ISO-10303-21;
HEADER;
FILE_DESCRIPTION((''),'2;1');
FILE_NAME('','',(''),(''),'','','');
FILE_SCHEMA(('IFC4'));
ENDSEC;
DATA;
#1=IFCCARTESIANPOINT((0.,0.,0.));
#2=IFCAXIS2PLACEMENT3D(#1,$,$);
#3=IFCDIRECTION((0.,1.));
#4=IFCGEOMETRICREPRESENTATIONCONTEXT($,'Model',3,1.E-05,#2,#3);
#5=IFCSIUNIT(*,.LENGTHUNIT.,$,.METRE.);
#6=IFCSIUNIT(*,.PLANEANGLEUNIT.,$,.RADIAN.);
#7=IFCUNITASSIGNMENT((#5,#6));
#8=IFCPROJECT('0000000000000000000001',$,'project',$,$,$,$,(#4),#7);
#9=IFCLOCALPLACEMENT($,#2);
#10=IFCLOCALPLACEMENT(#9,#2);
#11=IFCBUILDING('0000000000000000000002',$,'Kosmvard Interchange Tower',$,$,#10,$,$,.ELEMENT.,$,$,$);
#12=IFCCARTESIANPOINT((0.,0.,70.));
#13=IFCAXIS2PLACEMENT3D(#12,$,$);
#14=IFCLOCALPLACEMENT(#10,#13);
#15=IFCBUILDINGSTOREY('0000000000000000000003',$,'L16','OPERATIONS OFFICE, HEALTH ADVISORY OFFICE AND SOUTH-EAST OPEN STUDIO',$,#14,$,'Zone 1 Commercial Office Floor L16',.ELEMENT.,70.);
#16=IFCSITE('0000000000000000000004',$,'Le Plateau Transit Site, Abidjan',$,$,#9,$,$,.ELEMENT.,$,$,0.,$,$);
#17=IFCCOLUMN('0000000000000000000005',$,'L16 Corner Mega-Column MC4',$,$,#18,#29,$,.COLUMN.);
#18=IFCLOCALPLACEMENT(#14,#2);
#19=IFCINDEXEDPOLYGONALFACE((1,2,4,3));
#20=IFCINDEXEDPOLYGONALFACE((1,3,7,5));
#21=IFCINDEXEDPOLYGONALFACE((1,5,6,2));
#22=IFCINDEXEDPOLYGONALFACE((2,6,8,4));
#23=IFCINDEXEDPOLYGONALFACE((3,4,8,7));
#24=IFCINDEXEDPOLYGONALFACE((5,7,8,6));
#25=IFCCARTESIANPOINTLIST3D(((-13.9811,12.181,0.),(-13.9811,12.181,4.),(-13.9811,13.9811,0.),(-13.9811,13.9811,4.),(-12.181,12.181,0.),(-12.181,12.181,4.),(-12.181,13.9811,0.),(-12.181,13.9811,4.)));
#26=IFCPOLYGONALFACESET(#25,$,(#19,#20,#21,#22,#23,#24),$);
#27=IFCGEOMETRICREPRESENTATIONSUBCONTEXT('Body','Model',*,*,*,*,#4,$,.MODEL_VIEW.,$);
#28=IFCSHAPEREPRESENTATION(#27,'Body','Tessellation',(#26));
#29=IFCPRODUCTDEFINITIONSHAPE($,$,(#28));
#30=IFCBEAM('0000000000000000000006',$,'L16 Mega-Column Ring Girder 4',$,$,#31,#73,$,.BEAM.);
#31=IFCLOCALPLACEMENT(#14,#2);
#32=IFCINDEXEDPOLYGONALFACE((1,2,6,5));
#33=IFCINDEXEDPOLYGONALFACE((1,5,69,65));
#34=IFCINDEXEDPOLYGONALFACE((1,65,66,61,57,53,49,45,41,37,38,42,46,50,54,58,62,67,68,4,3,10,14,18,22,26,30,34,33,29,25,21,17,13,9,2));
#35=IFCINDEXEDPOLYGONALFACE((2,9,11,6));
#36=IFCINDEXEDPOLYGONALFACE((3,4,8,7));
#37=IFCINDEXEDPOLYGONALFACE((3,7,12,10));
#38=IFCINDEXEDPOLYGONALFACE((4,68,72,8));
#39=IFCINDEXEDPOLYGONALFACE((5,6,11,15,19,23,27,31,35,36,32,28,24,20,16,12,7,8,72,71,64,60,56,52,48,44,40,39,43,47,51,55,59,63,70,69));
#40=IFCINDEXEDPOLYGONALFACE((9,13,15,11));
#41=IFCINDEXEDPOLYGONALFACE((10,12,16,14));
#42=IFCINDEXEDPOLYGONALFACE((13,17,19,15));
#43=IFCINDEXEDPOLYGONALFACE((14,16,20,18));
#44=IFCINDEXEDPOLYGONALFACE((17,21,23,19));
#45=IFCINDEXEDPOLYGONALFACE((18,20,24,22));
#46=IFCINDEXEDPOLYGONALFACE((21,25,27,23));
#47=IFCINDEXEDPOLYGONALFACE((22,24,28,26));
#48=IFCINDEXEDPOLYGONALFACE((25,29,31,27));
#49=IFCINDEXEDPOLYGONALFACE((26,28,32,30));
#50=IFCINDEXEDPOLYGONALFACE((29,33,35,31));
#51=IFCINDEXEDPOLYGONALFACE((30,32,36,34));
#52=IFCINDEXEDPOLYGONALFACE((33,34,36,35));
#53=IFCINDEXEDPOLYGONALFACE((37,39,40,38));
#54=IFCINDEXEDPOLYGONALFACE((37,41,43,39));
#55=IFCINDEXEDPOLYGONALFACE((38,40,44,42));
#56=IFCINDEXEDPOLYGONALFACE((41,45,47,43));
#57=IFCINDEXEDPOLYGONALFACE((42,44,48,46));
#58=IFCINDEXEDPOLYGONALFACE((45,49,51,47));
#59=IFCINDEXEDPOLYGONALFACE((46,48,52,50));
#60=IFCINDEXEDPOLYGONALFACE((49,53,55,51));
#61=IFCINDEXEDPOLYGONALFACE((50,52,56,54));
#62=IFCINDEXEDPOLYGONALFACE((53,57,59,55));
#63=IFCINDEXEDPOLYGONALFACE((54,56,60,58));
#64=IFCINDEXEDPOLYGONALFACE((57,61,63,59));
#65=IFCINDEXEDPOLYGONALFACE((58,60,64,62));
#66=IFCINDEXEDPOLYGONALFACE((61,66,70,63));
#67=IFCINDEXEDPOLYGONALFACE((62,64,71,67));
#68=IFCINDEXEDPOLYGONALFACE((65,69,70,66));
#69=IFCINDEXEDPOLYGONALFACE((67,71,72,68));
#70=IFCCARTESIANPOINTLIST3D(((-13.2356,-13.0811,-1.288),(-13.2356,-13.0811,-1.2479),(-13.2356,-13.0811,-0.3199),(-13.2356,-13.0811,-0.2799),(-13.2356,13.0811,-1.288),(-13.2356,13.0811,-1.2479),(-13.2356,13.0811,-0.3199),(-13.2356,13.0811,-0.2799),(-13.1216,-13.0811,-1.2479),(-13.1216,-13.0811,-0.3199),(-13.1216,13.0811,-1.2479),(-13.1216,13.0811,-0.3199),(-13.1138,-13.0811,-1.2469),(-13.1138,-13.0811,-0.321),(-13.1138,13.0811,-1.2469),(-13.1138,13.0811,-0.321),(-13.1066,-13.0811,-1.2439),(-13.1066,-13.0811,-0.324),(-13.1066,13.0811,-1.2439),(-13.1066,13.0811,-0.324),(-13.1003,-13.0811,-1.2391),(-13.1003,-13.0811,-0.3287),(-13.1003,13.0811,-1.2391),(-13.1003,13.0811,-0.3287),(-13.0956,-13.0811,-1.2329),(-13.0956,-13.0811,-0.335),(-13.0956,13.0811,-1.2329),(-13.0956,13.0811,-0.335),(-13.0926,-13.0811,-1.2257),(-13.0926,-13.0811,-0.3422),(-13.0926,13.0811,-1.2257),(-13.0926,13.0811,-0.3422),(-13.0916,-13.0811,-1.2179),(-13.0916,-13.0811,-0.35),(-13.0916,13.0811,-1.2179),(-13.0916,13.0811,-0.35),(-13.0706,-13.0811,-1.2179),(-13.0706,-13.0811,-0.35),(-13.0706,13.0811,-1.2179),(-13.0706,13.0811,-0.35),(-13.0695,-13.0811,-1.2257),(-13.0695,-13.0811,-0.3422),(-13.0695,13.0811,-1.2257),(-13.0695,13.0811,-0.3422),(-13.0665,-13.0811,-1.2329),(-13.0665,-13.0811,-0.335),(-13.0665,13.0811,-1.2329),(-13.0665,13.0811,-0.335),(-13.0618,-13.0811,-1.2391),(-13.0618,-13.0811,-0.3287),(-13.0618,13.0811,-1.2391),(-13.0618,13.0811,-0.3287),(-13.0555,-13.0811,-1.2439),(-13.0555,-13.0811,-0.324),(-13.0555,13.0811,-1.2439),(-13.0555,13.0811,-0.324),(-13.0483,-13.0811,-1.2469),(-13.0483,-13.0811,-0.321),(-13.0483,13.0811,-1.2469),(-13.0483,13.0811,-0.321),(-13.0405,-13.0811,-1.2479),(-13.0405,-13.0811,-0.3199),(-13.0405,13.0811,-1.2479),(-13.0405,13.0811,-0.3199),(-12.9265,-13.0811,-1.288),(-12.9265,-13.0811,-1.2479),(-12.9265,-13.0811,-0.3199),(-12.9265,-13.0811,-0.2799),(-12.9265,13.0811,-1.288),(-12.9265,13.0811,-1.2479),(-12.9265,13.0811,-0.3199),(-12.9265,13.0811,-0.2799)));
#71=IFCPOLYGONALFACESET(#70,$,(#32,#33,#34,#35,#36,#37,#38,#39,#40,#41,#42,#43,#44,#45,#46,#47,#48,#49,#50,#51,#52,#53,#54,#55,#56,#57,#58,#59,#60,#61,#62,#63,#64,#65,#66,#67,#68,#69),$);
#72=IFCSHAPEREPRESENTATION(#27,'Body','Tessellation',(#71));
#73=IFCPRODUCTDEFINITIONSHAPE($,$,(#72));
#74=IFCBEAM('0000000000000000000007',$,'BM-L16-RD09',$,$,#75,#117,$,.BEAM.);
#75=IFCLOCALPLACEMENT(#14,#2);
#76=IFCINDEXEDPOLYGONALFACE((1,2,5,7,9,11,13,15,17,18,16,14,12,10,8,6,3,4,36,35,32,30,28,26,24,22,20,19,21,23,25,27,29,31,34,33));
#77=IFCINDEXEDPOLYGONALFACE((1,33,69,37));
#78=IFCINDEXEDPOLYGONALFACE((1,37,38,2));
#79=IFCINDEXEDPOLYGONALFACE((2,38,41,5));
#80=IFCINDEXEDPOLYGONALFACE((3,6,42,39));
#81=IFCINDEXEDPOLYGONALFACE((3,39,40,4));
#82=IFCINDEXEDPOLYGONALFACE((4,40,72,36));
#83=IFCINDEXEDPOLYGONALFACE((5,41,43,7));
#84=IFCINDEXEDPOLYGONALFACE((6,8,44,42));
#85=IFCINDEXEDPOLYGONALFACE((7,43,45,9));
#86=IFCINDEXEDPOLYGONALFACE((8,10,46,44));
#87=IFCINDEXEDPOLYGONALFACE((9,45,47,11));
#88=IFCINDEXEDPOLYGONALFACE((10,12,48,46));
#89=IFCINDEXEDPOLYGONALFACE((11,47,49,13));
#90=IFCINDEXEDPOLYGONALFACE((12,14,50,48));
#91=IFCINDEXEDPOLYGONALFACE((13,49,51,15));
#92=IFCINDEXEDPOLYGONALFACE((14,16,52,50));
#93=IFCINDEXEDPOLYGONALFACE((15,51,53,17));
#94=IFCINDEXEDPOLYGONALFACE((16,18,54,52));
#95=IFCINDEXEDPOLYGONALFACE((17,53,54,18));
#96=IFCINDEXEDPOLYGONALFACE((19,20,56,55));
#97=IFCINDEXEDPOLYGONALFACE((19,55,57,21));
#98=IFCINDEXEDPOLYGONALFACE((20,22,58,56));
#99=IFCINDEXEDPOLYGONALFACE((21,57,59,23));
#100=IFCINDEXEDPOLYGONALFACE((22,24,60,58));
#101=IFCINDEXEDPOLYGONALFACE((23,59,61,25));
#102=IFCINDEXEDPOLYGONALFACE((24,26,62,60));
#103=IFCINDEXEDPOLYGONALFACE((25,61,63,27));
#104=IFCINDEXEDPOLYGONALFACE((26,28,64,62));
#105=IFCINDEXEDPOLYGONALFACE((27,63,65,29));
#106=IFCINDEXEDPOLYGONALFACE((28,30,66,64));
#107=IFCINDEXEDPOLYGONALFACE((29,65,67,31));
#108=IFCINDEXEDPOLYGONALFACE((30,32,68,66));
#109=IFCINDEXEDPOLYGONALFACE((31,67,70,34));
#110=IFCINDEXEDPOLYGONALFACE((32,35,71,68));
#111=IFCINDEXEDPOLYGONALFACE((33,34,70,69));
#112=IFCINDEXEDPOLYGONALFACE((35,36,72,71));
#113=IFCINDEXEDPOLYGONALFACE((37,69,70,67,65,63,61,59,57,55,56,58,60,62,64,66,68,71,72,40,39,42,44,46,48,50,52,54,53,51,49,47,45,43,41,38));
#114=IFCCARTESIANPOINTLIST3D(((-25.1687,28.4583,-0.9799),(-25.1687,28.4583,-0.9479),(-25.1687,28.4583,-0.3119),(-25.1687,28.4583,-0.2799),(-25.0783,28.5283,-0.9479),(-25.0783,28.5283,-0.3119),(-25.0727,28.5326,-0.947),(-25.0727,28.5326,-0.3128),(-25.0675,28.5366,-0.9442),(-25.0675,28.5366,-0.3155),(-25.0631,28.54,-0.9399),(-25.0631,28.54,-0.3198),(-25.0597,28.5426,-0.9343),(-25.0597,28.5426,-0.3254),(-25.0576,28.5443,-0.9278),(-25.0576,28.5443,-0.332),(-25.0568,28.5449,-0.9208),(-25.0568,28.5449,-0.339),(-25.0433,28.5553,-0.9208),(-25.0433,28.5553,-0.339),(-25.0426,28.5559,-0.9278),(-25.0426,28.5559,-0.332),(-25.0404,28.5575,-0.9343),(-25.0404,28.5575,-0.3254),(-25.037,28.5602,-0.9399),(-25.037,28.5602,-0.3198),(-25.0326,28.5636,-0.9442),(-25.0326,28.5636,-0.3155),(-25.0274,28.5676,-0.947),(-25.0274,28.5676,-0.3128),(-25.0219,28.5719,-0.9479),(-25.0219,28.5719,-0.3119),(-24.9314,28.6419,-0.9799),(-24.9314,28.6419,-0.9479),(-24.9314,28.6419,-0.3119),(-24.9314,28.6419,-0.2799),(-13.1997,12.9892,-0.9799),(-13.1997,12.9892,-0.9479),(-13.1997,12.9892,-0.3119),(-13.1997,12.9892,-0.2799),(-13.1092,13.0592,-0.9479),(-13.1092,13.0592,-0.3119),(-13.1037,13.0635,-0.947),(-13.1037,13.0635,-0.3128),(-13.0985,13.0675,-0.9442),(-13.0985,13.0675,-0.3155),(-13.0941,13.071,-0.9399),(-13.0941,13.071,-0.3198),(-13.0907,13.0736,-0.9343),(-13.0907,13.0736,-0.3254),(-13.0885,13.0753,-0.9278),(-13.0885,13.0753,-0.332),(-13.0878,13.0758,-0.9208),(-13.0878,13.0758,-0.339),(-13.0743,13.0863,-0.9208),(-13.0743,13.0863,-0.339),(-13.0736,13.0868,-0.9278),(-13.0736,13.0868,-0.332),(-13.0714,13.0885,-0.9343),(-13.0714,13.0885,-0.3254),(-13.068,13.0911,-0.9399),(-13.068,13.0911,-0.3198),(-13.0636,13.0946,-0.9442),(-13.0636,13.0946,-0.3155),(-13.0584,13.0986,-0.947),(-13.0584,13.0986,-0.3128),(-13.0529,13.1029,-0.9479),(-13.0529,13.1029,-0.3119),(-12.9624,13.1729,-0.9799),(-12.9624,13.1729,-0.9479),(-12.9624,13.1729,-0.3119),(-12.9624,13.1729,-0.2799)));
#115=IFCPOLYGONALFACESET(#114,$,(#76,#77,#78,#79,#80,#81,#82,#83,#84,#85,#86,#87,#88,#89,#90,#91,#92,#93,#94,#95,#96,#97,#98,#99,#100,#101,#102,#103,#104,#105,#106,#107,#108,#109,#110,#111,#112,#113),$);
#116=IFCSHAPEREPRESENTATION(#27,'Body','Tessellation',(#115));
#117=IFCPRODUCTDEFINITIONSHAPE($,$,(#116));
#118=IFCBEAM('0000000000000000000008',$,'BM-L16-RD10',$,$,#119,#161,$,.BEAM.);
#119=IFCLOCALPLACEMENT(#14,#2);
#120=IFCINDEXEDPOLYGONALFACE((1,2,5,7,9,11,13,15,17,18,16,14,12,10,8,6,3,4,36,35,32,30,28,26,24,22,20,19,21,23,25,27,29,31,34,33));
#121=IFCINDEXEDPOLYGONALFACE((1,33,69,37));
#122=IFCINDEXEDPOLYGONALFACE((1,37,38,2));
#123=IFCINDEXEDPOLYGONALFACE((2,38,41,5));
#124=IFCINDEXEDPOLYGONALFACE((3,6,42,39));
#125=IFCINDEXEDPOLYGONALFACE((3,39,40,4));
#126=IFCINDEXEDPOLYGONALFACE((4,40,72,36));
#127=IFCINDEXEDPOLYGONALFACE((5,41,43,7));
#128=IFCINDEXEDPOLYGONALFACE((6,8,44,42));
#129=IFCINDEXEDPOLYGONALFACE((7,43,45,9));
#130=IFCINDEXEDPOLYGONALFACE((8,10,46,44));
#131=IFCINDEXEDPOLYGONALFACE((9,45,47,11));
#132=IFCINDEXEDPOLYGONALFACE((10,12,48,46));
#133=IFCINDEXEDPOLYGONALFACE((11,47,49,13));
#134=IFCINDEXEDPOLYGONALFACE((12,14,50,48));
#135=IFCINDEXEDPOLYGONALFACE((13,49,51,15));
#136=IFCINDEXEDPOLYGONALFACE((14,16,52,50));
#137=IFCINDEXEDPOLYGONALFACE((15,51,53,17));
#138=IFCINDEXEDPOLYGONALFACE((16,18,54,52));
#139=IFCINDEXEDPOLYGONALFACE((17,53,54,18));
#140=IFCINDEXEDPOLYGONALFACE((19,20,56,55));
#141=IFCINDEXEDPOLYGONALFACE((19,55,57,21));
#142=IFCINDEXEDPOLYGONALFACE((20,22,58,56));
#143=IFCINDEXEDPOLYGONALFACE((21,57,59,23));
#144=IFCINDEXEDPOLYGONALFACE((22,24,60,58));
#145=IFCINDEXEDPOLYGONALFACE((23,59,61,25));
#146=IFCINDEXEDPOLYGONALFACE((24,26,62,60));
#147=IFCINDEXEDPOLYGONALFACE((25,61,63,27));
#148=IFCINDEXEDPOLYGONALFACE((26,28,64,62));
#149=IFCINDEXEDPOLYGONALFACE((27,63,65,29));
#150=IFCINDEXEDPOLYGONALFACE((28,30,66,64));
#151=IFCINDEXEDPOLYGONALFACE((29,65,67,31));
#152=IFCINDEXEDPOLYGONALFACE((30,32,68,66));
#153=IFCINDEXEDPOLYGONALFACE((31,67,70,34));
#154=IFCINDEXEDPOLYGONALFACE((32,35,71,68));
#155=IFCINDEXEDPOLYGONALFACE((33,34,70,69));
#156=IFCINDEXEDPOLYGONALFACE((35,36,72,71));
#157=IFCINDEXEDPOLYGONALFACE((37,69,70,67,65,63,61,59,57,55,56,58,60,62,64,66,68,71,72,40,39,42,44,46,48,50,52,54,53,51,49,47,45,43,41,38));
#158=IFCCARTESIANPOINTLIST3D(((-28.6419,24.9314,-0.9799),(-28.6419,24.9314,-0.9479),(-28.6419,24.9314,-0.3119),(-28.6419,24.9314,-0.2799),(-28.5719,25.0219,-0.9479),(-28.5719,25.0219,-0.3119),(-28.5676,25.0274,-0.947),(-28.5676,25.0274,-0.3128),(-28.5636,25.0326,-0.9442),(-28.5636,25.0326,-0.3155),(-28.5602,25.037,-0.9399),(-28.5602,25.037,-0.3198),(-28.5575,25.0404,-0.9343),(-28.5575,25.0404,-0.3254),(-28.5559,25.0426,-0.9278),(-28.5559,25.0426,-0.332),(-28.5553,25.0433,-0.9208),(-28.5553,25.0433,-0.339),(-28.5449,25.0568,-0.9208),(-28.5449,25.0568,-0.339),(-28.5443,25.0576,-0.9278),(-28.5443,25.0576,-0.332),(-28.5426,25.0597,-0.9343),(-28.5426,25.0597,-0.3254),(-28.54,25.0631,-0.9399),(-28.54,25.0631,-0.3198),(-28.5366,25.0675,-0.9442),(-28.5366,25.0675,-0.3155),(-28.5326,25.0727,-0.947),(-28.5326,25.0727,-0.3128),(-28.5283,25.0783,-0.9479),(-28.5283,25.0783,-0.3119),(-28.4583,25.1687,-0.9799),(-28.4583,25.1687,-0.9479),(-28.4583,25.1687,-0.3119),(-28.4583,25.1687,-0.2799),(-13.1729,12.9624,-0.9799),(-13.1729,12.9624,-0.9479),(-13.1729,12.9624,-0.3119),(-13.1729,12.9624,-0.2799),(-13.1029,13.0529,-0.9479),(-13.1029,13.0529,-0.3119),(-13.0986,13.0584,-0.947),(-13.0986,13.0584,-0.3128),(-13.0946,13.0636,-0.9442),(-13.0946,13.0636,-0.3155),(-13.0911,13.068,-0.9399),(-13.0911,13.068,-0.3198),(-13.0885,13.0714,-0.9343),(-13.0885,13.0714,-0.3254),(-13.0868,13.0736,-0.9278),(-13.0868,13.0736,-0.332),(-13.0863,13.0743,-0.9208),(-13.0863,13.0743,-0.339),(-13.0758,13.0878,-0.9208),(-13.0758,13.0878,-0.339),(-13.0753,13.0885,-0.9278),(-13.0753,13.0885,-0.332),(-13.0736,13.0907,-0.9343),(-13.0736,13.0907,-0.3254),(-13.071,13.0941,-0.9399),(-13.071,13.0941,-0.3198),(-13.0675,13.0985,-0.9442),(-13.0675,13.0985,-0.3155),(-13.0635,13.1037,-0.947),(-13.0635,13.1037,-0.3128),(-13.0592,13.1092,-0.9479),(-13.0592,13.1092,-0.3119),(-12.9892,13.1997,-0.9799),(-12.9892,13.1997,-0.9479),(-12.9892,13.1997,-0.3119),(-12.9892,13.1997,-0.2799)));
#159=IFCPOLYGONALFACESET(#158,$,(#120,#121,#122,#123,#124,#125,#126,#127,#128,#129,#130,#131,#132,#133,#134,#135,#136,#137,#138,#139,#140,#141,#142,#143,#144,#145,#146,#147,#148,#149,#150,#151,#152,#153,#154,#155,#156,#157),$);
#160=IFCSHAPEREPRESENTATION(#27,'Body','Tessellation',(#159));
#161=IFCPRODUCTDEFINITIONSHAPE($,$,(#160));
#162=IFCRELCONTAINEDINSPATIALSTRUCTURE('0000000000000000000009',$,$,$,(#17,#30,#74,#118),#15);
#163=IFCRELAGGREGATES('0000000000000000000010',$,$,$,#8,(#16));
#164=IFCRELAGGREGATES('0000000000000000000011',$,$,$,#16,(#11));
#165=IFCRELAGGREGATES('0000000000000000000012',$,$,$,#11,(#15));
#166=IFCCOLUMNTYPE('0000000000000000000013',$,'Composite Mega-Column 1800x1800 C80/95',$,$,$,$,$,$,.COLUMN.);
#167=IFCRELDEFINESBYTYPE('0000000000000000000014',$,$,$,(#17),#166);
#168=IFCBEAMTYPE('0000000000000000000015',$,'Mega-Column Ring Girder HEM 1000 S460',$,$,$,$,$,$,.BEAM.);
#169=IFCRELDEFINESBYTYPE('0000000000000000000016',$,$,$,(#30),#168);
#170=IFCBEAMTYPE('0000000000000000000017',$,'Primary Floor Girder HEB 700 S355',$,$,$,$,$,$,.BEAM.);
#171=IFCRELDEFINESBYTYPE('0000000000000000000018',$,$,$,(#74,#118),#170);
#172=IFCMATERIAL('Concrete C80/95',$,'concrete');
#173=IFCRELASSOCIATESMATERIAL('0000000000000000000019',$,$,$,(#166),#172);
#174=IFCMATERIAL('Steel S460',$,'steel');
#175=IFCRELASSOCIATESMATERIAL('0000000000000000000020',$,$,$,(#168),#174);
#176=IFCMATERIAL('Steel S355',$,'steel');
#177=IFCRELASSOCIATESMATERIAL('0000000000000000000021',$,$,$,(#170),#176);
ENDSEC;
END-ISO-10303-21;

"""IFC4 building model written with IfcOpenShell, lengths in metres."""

from ifc_helpers import new_model, si_unit, direction, frame, origin, origin_2d, place, context, subcontext, project, spatial, rectangle, i_section, extrude, source, transform, mapped, material, material_profile, profile_set, type_object, element, save


model = new_model("IFC4")

# Units and contexts
model_context = context("Model", 3, precision=1e-05, world=origin(), true_north=direction((0.0, 1.0)))
body_context = subcontext(model_context, "Body", "Model", "MODEL_VIEW")
ifc_project = project(units=[si_unit("LENGTHUNIT", "METRE"), si_unit("PLANEANGLEUNIT", "RADIAN")], contexts=[model_context])

# Site, building, storey
site_placement = place(None, origin())
site = spatial("IfcSite", under=ifc_project, at=site_placement, Name="Le Plateau Transit Site, Abidjan", CompositionType="ELEMENT", RefElevation=0.0)
building_placement = place(site_placement, origin())
building = spatial("IfcBuilding", under=site, at=building_placement, Name="Kosmvard Interchange Tower", CompositionType="ELEMENT")
storey_placement = place(building_placement, frame((0.0, 0.0, 70.0)))
storey = spatial("IfcBuildingStorey", under=building, at=storey_placement, Name="L16", Description="OPERATIONS OFFICE, HEALTH ADVISORY OFFICE AND SOUTH-EAST OPEN STUDIO", LongName="Zone 1 Commercial Office Floor L16", CompositionType="ELEMENT", Elevation=70.0)

# Column
ifc_material_1 = material(Name="Concrete C80/95", Category="concrete")
ifc_material_profile_1 = material_profile(ifc_material_1, rectangle(XDim=1.8, YDim=1.8, at=origin_2d()), Name="MC 1800x1800")
ifc_profile_set_1 = profile_set([ifc_material_profile_1], Name="Concrete C80/95")
column_type = type_object("IfcColumnType", Name="Composite Mega-Column 1800x1800 C80/95", PredefinedType="COLUMN", material=ifc_profile_set_1)
shared_shape_1 = source(origin(), body_context, "Body", "SweptSolid", [
    extrude(rectangle(XDim=1.8, YDim=1.8, at=origin_2d()), origin(), (0.0, 0.0, 1.0), 4.0),
])
column_placement = place(storey_placement, frame((-13.0811, 13.0811, 0.0), z_axis=(0.0, 0.0, 1.0), x_axis=(1.0, 0.0, 0.0)))
element("IfcColumn", 1, at=column_placement, inside=storey, type_object=column_type, Name="L16 Corner Mega-Column MC4", PredefinedType="COLUMN", context=body_context, shape_type="MappedRepresentation", body=[
    mapped(shared_shape_1, transform((0.0, 0.0, 0.0), scale=1.0)),
])

# Beams
ifc_material_2 = material(Name="Steel S460", Category="steel")
ifc_material_profile_2 = material_profile(ifc_material_2, i_section(OverallWidth=0.3091, OverallDepth=1.0081, WebThickness=0.021, FlangeThickness=0.04, FilletRadius=0.03, at=origin_2d()), Name="HEM 1000")
ifc_profile_set_2 = profile_set([ifc_material_profile_2], Name="Steel S460")
beam_type_1 = type_object("IfcBeamType", Name="Mega-Column Ring Girder HEM 1000 S460", PredefinedType="BEAM", material=ifc_profile_set_2)
shared_shape_2 = source(origin(), body_context, "Body", "SweptSolid", [
    extrude(i_section(OverallWidth=0.3091, OverallDepth=1.0081, WebThickness=0.021, FlangeThickness=0.04, FilletRadius=0.03, at=origin_2d()), origin(), (0.0, 0.0, 1.0), 26.1621),
])
beam_1_placement = place(storey_placement, frame((-13.0811, 13.0811, -0.7839), z_axis=(0.0, -1.0, 0.0), x_axis=(1.0, 0.0, 0.0)))
element("IfcBeam", 2, at=beam_1_placement, inside=storey, type_object=beam_type_1, Name="L16 Mega-Column Ring Girder 4", PredefinedType="BEAM", context=body_context, shape_type="MappedRepresentation", body=[
    mapped(shared_shape_2, transform((0.0, 0.0, 0.0), scale=1.0)),
])
ifc_material_3 = material(Name="Steel S355", Category="steel")
ifc_material_profile_3 = material_profile(ifc_material_3, i_section(OverallWidth=0.3, OverallDepth=0.7, WebThickness=0.0171, FlangeThickness=0.032, FilletRadius=0.0271, at=origin_2d()), Name="HEB 700")
ifc_profile_set_3 = profile_set([ifc_material_profile_3], Name="Steel S355")
beam_type_2 = type_object("IfcBeamType", Name="Primary Floor Girder HEB 700 S355", PredefinedType="BEAM", material=ifc_profile_set_3)
shared_shape_3 = source(origin(), body_context, "Body", "SweptSolid", [
    extrude(i_section(OverallWidth=0.3, OverallDepth=0.7, WebThickness=0.0171, FlangeThickness=0.032, FilletRadius=0.0271, at=origin_2d()), origin(), (0.0, 0.0, 1.0), 19.5588),
])
for number, where, z_axis, x_axis, name in (
    (3, (-13.0811, 13.0811, -0.6299), (-0.611949, 0.790897, 0.0), (-0.790897, -0.611949, 0.0), "BM-L16-RD09"),
    (4, (-13.0811, 13.0811, -0.6299), (-0.790897, 0.611949, 0.0), (-0.611949, -0.790897, 0.0), "BM-L16-RD10"),
):
    element("IfcBeam", number, at=place(storey_placement, frame(where, z_axis=z_axis, x_axis=x_axis)), inside=storey, type_object=beam_type_2, Name=name, PredefinedType="BEAM", context=body_context, shape_type="MappedRepresentation", body=[
        mapped(shared_shape_3, transform((0.0, 0.0, 0.0), scale=1.0)),
    ])

save(model, "model.ifc")
